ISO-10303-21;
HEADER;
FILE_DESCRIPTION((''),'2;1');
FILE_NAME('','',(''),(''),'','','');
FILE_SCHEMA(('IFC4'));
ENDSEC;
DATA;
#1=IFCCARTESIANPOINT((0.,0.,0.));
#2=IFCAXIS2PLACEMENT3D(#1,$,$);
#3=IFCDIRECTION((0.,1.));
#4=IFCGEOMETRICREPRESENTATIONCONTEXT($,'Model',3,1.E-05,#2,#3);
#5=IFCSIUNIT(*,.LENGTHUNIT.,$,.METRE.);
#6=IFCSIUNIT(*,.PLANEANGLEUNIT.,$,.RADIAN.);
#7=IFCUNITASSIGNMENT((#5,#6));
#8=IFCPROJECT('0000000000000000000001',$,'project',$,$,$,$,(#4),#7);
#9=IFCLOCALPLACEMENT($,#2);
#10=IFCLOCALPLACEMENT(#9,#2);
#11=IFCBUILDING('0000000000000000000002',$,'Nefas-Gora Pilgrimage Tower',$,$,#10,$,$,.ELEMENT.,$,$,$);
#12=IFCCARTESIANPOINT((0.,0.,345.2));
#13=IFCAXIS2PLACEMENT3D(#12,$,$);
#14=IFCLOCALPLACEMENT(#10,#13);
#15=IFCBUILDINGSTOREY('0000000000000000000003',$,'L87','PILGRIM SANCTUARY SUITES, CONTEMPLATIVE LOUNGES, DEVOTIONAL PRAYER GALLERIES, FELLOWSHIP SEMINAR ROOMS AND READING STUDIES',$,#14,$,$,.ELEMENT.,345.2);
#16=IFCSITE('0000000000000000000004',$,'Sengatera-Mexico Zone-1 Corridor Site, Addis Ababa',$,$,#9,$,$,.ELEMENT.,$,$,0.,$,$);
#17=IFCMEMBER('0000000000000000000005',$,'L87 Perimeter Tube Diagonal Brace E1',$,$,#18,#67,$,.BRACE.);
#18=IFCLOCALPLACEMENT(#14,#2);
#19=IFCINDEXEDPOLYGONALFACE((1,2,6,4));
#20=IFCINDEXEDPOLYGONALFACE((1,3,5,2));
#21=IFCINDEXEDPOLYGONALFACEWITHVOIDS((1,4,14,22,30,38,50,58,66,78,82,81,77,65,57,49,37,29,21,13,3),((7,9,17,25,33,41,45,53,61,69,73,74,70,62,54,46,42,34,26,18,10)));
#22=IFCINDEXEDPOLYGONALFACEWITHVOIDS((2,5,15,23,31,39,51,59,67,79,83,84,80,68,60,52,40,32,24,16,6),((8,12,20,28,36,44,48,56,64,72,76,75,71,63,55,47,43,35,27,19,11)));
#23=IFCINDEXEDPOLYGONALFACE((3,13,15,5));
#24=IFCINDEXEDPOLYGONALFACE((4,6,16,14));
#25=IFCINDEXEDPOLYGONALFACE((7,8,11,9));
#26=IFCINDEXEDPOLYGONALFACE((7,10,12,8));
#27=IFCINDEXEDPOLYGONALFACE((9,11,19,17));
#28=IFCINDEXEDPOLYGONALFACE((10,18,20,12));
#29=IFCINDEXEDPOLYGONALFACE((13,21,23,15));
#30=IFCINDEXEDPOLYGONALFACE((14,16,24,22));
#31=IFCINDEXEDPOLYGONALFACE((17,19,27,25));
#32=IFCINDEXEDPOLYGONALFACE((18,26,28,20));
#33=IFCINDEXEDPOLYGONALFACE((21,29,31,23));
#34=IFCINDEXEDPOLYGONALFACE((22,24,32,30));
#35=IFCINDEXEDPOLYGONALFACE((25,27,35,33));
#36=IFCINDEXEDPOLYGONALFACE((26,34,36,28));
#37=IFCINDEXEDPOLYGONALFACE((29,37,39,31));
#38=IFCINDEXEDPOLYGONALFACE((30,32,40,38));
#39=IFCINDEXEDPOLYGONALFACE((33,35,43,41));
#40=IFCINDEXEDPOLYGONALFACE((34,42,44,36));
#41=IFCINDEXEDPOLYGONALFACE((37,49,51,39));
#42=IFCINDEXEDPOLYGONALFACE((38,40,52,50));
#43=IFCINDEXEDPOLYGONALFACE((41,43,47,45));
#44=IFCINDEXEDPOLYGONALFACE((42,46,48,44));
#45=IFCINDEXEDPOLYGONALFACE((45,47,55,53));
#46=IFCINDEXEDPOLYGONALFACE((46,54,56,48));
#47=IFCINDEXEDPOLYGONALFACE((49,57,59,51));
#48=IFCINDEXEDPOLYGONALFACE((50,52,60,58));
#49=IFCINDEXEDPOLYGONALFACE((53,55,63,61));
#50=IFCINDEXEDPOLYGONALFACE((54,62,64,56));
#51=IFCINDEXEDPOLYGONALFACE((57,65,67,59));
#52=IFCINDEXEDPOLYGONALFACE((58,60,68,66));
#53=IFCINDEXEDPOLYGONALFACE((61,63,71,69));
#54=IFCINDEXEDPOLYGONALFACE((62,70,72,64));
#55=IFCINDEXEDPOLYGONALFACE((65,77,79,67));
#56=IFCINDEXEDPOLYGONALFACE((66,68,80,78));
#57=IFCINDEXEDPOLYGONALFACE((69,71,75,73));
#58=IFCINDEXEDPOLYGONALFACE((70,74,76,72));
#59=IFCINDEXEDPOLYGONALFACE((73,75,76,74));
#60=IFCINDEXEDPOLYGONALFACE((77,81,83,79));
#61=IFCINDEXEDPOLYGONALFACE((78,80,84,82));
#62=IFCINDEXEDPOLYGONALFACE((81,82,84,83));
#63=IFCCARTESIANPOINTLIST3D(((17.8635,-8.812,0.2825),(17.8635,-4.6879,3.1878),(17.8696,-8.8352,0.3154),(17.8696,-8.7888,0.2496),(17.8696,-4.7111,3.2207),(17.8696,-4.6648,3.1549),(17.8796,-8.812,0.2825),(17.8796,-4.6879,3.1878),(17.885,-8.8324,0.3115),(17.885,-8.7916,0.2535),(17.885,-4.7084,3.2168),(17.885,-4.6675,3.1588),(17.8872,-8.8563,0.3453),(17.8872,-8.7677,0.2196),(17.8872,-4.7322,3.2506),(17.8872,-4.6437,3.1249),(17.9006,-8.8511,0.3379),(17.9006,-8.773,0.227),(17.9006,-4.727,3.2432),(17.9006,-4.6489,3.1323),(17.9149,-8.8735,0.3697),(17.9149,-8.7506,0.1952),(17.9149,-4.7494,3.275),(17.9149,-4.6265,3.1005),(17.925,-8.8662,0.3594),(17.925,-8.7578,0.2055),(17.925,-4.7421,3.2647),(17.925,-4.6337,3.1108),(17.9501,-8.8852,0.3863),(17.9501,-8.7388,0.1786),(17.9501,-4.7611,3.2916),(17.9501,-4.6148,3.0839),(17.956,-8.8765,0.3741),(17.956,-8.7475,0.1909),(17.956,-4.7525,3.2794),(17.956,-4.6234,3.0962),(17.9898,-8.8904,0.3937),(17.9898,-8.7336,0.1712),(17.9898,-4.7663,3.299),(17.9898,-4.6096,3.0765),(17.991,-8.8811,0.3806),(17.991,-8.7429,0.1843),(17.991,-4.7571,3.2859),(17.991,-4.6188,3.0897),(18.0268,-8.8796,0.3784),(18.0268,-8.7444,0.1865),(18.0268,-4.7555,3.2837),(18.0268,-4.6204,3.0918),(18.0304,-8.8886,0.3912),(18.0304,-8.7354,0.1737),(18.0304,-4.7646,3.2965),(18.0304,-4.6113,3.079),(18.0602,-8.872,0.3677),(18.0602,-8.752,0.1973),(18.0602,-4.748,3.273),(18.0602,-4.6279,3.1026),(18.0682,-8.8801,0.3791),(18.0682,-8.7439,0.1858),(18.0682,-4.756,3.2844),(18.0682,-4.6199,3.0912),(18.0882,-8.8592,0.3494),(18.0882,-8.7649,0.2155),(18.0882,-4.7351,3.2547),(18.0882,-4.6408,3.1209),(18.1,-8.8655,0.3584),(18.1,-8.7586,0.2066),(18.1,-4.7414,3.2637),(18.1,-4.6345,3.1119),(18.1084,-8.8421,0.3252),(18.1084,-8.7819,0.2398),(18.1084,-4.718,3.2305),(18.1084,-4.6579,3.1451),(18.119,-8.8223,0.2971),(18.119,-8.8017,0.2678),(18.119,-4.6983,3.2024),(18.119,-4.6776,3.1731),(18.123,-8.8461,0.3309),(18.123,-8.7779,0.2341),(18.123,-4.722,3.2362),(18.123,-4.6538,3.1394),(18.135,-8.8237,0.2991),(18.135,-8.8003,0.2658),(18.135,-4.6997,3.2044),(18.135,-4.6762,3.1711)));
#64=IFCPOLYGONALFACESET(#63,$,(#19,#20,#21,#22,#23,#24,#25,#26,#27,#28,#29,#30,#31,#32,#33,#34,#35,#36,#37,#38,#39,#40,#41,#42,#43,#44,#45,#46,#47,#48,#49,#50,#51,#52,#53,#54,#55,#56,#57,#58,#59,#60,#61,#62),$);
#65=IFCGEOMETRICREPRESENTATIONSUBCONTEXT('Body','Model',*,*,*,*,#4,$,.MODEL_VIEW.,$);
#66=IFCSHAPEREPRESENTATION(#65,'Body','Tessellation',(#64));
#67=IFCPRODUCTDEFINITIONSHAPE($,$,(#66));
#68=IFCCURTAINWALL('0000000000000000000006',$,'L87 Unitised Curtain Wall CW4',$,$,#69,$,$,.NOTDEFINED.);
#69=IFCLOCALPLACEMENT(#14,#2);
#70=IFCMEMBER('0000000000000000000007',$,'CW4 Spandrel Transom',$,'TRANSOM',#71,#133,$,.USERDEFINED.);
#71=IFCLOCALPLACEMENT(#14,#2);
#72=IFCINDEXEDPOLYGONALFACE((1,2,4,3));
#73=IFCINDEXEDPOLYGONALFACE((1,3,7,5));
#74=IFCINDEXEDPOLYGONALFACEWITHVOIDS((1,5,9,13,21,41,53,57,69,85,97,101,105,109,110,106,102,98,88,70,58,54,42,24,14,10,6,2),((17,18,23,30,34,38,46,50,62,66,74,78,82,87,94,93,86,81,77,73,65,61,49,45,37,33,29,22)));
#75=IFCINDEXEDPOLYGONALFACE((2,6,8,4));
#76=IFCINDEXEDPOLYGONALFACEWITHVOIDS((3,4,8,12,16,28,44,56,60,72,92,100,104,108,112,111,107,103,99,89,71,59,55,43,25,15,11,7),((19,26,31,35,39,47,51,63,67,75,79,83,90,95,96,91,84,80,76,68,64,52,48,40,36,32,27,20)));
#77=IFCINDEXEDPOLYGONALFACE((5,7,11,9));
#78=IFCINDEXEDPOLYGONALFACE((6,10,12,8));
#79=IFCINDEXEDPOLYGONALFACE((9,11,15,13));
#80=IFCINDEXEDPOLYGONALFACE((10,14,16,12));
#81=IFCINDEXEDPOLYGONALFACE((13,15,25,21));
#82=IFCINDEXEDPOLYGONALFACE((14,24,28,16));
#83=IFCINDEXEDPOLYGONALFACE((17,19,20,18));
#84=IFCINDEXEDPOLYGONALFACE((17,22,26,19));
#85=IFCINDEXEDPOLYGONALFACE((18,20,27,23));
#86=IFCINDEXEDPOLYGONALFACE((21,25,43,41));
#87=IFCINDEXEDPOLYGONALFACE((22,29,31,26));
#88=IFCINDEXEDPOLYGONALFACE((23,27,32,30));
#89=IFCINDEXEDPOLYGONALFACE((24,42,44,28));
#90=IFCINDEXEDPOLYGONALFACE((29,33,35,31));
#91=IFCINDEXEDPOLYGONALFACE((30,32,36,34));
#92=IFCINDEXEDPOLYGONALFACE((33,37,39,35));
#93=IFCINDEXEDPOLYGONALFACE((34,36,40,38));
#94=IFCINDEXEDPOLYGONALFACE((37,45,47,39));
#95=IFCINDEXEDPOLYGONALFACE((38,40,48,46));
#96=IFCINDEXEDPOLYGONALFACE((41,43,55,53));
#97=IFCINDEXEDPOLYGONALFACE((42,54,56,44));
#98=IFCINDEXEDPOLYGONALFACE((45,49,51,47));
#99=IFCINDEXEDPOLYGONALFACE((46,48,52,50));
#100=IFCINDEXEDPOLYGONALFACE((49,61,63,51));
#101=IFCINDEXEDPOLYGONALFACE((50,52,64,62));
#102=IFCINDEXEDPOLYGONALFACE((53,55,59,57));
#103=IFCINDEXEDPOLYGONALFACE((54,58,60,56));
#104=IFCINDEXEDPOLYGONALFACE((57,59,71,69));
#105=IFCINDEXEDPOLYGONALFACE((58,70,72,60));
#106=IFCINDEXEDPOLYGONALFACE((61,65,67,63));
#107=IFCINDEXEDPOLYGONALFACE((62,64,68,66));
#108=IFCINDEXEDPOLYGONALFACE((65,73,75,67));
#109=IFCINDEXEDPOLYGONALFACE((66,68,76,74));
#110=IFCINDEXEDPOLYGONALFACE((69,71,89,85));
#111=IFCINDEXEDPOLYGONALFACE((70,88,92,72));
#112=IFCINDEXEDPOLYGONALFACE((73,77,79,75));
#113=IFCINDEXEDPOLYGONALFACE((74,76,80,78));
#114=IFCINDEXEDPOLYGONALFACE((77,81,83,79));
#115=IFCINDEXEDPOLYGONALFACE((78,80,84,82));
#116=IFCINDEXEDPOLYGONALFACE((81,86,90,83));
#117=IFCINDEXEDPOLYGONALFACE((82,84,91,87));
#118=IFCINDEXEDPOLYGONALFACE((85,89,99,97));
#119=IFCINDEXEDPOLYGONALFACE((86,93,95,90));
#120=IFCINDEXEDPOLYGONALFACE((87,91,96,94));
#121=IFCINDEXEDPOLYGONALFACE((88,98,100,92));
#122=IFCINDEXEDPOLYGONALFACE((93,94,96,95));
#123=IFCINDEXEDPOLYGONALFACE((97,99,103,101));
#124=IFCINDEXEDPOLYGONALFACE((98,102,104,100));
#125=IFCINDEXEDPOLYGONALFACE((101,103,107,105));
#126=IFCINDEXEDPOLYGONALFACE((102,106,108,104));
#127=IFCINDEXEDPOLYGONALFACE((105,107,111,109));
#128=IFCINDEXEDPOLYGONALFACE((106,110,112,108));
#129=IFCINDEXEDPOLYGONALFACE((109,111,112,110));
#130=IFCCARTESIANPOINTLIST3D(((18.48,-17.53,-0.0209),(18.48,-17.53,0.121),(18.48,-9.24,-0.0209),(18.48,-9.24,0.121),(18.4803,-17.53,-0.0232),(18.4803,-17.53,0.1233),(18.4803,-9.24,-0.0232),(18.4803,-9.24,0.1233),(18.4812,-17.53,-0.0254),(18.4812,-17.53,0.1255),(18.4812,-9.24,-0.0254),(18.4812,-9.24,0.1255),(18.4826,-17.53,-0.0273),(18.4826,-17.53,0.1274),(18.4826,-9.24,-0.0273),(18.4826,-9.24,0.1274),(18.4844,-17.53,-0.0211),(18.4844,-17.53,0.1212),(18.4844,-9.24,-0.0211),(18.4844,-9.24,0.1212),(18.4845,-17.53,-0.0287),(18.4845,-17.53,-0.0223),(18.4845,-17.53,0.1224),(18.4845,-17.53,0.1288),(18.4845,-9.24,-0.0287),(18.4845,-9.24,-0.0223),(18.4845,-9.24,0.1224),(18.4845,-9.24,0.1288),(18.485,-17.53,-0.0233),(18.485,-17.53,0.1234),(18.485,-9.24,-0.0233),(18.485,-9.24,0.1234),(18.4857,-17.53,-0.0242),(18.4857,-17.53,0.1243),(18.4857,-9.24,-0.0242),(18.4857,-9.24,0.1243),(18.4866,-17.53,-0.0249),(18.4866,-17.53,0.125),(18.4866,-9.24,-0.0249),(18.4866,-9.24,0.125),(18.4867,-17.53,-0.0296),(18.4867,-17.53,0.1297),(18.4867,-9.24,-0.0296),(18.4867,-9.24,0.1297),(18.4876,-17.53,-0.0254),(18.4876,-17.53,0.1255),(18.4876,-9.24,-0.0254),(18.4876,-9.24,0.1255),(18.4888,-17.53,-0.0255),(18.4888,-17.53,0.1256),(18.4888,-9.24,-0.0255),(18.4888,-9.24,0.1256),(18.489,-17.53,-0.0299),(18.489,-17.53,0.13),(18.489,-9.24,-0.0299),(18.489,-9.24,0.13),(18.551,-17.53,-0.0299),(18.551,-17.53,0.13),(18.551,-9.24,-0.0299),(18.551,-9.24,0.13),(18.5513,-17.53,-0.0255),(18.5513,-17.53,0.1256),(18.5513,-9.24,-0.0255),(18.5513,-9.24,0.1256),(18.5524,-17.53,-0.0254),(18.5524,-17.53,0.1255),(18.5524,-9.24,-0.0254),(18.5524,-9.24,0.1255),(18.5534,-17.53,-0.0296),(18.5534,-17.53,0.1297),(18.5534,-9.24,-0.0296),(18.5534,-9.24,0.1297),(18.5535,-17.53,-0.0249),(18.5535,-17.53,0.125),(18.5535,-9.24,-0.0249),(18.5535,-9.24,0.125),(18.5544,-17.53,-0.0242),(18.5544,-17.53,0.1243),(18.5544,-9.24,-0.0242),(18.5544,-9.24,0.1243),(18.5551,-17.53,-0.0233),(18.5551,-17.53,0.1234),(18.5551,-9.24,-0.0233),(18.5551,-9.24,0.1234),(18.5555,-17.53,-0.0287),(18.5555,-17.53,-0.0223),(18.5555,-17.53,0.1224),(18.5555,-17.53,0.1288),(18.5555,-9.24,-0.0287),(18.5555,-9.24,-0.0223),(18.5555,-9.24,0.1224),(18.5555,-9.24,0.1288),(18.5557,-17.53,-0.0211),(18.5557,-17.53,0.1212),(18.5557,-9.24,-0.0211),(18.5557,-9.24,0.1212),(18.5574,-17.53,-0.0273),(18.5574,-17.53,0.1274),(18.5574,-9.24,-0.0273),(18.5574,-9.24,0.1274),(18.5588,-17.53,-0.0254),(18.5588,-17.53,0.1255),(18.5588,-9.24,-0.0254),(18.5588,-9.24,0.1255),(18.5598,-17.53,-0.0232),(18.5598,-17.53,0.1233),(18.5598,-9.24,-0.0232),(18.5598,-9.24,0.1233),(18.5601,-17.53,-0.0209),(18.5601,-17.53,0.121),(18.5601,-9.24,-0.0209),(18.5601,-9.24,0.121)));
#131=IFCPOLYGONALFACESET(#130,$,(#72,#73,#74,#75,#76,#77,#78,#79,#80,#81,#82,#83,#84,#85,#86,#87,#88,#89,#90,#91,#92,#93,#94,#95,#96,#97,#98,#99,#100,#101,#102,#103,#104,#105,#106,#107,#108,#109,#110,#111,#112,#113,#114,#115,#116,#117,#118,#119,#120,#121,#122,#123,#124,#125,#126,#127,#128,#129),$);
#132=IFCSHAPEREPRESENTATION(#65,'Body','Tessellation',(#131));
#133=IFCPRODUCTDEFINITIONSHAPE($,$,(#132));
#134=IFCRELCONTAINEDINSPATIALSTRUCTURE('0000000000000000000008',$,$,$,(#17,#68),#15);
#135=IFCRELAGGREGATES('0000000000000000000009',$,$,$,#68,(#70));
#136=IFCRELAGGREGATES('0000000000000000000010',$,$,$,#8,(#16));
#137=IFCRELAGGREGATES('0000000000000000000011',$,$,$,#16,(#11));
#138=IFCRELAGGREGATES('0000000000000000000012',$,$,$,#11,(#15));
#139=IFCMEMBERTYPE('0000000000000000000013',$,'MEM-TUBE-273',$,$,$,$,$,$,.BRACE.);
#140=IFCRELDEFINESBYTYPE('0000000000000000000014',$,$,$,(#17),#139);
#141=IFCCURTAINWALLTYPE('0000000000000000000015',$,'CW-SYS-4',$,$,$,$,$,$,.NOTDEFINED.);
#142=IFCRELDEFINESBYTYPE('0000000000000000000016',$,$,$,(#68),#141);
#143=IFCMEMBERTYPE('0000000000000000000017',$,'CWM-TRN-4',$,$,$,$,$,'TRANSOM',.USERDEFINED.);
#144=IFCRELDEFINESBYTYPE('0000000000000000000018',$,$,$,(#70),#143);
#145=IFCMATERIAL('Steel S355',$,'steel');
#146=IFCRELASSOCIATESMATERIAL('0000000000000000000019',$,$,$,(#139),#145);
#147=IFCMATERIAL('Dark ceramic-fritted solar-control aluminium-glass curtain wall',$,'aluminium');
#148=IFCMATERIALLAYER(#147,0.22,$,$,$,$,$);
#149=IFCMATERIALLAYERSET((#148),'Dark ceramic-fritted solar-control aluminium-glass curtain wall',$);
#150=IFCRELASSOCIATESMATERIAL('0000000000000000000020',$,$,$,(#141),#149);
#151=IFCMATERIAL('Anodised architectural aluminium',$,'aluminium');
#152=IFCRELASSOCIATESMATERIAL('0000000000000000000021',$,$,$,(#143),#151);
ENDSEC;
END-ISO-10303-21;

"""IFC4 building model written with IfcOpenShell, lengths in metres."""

from ifc_helpers import new_model, si_unit, direction, frame, origin, origin_2d, place, context, subcontext, project, spatial, hollow_rectangle, hollow_circle, extrude, source, transform, mapped, material, layer, layer_set, material_profile, profile_set, type_object, element, aggregate, save


model = new_model("IFC4")

# Units and contexts
model_context = context("Model", 3, precision=1e-05, world=origin(), true_north=direction((0.0, 1.0)))
body_context = subcontext(model_context, "Body", "Model", "MODEL_VIEW")
ifc_project = project(units=[si_unit("LENGTHUNIT", "METRE"), si_unit("PLANEANGLEUNIT", "RADIAN")], contexts=[model_context])

# Site, building, storey
site_placement = place(None, origin())
site = spatial("IfcSite", under=ifc_project, at=site_placement, Name="Sengatera-Mexico Zone-1 Corridor Site, Addis Ababa", CompositionType="ELEMENT", RefElevation=0.0)
building_placement = place(site_placement, origin())
building = spatial("IfcBuilding", under=site, at=building_placement, Name="Nefas-Gora Pilgrimage Tower", CompositionType="ELEMENT")
storey_placement = place(building_placement, frame((0.0, 0.0, 345.2)))
storey = spatial("IfcBuildingStorey", under=building, at=storey_placement, Name="L87", Description="PILGRIM SANCTUARY SUITES, CONTEMPLATIVE LOUNGES, DEVOTIONAL PRAYER GALLERIES, FELLOWSHIP SEMINAR ROOMS AND READING STUDIES", CompositionType="ELEMENT", Elevation=345.2)

# Shared definitions
ifc_material_1 = material(Name="Steel S355", Category="steel")

# Member
ifc_material_profile_1 = material_profile(ifc_material_1, hollow_circle(Radius=0.1365, WallThickness=0.0161, at=origin_2d()), Name="CHS 273x16")
ifc_profile_set_1 = profile_set([ifc_material_profile_1], Name="Steel S355")
member_type_1 = type_object("IfcMemberType", Name="MEM-TUBE-273", PredefinedType="BRACE", material=ifc_profile_set_1)
shared_shape_1 = source(origin(), body_context, "Body", "SweptSolid", [
    extrude(hollow_circle(Radius=0.1365, WallThickness=0.0161, at=origin_2d()), origin(), (0.0, 0.0, 1.0), 5.0447),
])
member_1_placement = place(storey_placement, frame((18.0, -8.812, 0.2825), z_axis=(0.0, 0.817509, 0.575915), x_axis=(-1.0, 0.0, 0.0)))
element("IfcMember", 1, at=member_1_placement, inside=storey, type_object=member_type_1, Name="L87 Perimeter Tube Diagonal Brace E1", PredefinedType="BRACE", context=body_context, shape_type="MappedRepresentation", body=[
    mapped(shared_shape_1, transform((0.0, 0.0, 0.0), x_axis=(1.0, 0.0, 0.0), y_axis=(0.0, 1.0, 0.0), z_axis=(0.0, 0.0, 1.0), scale=1.0)),
])

# Curtain wall, member
ifc_material_2 = material(Name="Dark ceramic-fritted solar-control aluminium-glass curtain wall", Category="aluminium")
ifc_layer_1 = layer(ifc_material_2, 0.22)
ifc_layer_set_1 = layer_set([ifc_layer_1], Name="Dark ceramic-fritted solar-control aluminium-glass curtain wall")
curtain_wall_type = type_object("IfcCurtainWallType", Name="CW-SYS-4", PredefinedType="NOTDEFINED", material=ifc_layer_set_1)
curtain_wall_placement = place(storey_placement, origin())
curtain_wall = element("IfcCurtainWall", 2, at=curtain_wall_placement, inside=storey, type_object=curtain_wall_type, Name="L87 Unitised Curtain Wall CW4", PredefinedType="NOTDEFINED")
ifc_material_3 = material(Name="Anodised architectural aluminium", Category="aluminium")
ifc_material_profile_2 = material_profile(ifc_material_3, hollow_rectangle(XDim=0.0801, YDim=0.1599, WallThickness=0.0044, InnerFilletRadius=0.0044, OuterFilletRadius=0.009, at=origin_2d()), Name="ALU TRANSOM 80x160")
ifc_profile_set_2 = profile_set([ifc_material_profile_2], Name="Anodised architectural aluminium")
member_type_2 = type_object("IfcMemberType", Name="CWM-TRN-4", ElementType="TRANSOM", PredefinedType="USERDEFINED", material=ifc_profile_set_2)
shared_shape_2 = source(origin(), body_context, "Body", "SweptSolid", [
    extrude(hollow_rectangle(XDim=0.0801, YDim=0.1599, WallThickness=0.0044, InnerFilletRadius=0.0044, OuterFilletRadius=0.009, at=origin_2d()), origin(), (0.0, 0.0, 1.0), 8.29),
])
member_2_placement = place(storey_placement, frame((18.52, -17.53, 0.05), z_axis=(0.0, 1.0, 0.0), x_axis=(-1.0, 0.0, 0.0)))
member_2 = element("IfcMember", 3, at=member_2_placement, type_object=member_type_2, Name="CW4 Spandrel Transom", ObjectType="TRANSOM", PredefinedType="USERDEFINED", context=body_context, shape_type="MappedRepresentation", body=[
    mapped(shared_shape_2, transform((0.0, 0.0, 0.0), x_axis=(1.0, 0.0, 0.0), y_axis=(0.0, 1.0, 0.0), z_axis=(0.0, 0.0, 1.0), scale=1.0)),
])

aggregate(curtain_wall, [member_2])

save(model, "model.ifc")
